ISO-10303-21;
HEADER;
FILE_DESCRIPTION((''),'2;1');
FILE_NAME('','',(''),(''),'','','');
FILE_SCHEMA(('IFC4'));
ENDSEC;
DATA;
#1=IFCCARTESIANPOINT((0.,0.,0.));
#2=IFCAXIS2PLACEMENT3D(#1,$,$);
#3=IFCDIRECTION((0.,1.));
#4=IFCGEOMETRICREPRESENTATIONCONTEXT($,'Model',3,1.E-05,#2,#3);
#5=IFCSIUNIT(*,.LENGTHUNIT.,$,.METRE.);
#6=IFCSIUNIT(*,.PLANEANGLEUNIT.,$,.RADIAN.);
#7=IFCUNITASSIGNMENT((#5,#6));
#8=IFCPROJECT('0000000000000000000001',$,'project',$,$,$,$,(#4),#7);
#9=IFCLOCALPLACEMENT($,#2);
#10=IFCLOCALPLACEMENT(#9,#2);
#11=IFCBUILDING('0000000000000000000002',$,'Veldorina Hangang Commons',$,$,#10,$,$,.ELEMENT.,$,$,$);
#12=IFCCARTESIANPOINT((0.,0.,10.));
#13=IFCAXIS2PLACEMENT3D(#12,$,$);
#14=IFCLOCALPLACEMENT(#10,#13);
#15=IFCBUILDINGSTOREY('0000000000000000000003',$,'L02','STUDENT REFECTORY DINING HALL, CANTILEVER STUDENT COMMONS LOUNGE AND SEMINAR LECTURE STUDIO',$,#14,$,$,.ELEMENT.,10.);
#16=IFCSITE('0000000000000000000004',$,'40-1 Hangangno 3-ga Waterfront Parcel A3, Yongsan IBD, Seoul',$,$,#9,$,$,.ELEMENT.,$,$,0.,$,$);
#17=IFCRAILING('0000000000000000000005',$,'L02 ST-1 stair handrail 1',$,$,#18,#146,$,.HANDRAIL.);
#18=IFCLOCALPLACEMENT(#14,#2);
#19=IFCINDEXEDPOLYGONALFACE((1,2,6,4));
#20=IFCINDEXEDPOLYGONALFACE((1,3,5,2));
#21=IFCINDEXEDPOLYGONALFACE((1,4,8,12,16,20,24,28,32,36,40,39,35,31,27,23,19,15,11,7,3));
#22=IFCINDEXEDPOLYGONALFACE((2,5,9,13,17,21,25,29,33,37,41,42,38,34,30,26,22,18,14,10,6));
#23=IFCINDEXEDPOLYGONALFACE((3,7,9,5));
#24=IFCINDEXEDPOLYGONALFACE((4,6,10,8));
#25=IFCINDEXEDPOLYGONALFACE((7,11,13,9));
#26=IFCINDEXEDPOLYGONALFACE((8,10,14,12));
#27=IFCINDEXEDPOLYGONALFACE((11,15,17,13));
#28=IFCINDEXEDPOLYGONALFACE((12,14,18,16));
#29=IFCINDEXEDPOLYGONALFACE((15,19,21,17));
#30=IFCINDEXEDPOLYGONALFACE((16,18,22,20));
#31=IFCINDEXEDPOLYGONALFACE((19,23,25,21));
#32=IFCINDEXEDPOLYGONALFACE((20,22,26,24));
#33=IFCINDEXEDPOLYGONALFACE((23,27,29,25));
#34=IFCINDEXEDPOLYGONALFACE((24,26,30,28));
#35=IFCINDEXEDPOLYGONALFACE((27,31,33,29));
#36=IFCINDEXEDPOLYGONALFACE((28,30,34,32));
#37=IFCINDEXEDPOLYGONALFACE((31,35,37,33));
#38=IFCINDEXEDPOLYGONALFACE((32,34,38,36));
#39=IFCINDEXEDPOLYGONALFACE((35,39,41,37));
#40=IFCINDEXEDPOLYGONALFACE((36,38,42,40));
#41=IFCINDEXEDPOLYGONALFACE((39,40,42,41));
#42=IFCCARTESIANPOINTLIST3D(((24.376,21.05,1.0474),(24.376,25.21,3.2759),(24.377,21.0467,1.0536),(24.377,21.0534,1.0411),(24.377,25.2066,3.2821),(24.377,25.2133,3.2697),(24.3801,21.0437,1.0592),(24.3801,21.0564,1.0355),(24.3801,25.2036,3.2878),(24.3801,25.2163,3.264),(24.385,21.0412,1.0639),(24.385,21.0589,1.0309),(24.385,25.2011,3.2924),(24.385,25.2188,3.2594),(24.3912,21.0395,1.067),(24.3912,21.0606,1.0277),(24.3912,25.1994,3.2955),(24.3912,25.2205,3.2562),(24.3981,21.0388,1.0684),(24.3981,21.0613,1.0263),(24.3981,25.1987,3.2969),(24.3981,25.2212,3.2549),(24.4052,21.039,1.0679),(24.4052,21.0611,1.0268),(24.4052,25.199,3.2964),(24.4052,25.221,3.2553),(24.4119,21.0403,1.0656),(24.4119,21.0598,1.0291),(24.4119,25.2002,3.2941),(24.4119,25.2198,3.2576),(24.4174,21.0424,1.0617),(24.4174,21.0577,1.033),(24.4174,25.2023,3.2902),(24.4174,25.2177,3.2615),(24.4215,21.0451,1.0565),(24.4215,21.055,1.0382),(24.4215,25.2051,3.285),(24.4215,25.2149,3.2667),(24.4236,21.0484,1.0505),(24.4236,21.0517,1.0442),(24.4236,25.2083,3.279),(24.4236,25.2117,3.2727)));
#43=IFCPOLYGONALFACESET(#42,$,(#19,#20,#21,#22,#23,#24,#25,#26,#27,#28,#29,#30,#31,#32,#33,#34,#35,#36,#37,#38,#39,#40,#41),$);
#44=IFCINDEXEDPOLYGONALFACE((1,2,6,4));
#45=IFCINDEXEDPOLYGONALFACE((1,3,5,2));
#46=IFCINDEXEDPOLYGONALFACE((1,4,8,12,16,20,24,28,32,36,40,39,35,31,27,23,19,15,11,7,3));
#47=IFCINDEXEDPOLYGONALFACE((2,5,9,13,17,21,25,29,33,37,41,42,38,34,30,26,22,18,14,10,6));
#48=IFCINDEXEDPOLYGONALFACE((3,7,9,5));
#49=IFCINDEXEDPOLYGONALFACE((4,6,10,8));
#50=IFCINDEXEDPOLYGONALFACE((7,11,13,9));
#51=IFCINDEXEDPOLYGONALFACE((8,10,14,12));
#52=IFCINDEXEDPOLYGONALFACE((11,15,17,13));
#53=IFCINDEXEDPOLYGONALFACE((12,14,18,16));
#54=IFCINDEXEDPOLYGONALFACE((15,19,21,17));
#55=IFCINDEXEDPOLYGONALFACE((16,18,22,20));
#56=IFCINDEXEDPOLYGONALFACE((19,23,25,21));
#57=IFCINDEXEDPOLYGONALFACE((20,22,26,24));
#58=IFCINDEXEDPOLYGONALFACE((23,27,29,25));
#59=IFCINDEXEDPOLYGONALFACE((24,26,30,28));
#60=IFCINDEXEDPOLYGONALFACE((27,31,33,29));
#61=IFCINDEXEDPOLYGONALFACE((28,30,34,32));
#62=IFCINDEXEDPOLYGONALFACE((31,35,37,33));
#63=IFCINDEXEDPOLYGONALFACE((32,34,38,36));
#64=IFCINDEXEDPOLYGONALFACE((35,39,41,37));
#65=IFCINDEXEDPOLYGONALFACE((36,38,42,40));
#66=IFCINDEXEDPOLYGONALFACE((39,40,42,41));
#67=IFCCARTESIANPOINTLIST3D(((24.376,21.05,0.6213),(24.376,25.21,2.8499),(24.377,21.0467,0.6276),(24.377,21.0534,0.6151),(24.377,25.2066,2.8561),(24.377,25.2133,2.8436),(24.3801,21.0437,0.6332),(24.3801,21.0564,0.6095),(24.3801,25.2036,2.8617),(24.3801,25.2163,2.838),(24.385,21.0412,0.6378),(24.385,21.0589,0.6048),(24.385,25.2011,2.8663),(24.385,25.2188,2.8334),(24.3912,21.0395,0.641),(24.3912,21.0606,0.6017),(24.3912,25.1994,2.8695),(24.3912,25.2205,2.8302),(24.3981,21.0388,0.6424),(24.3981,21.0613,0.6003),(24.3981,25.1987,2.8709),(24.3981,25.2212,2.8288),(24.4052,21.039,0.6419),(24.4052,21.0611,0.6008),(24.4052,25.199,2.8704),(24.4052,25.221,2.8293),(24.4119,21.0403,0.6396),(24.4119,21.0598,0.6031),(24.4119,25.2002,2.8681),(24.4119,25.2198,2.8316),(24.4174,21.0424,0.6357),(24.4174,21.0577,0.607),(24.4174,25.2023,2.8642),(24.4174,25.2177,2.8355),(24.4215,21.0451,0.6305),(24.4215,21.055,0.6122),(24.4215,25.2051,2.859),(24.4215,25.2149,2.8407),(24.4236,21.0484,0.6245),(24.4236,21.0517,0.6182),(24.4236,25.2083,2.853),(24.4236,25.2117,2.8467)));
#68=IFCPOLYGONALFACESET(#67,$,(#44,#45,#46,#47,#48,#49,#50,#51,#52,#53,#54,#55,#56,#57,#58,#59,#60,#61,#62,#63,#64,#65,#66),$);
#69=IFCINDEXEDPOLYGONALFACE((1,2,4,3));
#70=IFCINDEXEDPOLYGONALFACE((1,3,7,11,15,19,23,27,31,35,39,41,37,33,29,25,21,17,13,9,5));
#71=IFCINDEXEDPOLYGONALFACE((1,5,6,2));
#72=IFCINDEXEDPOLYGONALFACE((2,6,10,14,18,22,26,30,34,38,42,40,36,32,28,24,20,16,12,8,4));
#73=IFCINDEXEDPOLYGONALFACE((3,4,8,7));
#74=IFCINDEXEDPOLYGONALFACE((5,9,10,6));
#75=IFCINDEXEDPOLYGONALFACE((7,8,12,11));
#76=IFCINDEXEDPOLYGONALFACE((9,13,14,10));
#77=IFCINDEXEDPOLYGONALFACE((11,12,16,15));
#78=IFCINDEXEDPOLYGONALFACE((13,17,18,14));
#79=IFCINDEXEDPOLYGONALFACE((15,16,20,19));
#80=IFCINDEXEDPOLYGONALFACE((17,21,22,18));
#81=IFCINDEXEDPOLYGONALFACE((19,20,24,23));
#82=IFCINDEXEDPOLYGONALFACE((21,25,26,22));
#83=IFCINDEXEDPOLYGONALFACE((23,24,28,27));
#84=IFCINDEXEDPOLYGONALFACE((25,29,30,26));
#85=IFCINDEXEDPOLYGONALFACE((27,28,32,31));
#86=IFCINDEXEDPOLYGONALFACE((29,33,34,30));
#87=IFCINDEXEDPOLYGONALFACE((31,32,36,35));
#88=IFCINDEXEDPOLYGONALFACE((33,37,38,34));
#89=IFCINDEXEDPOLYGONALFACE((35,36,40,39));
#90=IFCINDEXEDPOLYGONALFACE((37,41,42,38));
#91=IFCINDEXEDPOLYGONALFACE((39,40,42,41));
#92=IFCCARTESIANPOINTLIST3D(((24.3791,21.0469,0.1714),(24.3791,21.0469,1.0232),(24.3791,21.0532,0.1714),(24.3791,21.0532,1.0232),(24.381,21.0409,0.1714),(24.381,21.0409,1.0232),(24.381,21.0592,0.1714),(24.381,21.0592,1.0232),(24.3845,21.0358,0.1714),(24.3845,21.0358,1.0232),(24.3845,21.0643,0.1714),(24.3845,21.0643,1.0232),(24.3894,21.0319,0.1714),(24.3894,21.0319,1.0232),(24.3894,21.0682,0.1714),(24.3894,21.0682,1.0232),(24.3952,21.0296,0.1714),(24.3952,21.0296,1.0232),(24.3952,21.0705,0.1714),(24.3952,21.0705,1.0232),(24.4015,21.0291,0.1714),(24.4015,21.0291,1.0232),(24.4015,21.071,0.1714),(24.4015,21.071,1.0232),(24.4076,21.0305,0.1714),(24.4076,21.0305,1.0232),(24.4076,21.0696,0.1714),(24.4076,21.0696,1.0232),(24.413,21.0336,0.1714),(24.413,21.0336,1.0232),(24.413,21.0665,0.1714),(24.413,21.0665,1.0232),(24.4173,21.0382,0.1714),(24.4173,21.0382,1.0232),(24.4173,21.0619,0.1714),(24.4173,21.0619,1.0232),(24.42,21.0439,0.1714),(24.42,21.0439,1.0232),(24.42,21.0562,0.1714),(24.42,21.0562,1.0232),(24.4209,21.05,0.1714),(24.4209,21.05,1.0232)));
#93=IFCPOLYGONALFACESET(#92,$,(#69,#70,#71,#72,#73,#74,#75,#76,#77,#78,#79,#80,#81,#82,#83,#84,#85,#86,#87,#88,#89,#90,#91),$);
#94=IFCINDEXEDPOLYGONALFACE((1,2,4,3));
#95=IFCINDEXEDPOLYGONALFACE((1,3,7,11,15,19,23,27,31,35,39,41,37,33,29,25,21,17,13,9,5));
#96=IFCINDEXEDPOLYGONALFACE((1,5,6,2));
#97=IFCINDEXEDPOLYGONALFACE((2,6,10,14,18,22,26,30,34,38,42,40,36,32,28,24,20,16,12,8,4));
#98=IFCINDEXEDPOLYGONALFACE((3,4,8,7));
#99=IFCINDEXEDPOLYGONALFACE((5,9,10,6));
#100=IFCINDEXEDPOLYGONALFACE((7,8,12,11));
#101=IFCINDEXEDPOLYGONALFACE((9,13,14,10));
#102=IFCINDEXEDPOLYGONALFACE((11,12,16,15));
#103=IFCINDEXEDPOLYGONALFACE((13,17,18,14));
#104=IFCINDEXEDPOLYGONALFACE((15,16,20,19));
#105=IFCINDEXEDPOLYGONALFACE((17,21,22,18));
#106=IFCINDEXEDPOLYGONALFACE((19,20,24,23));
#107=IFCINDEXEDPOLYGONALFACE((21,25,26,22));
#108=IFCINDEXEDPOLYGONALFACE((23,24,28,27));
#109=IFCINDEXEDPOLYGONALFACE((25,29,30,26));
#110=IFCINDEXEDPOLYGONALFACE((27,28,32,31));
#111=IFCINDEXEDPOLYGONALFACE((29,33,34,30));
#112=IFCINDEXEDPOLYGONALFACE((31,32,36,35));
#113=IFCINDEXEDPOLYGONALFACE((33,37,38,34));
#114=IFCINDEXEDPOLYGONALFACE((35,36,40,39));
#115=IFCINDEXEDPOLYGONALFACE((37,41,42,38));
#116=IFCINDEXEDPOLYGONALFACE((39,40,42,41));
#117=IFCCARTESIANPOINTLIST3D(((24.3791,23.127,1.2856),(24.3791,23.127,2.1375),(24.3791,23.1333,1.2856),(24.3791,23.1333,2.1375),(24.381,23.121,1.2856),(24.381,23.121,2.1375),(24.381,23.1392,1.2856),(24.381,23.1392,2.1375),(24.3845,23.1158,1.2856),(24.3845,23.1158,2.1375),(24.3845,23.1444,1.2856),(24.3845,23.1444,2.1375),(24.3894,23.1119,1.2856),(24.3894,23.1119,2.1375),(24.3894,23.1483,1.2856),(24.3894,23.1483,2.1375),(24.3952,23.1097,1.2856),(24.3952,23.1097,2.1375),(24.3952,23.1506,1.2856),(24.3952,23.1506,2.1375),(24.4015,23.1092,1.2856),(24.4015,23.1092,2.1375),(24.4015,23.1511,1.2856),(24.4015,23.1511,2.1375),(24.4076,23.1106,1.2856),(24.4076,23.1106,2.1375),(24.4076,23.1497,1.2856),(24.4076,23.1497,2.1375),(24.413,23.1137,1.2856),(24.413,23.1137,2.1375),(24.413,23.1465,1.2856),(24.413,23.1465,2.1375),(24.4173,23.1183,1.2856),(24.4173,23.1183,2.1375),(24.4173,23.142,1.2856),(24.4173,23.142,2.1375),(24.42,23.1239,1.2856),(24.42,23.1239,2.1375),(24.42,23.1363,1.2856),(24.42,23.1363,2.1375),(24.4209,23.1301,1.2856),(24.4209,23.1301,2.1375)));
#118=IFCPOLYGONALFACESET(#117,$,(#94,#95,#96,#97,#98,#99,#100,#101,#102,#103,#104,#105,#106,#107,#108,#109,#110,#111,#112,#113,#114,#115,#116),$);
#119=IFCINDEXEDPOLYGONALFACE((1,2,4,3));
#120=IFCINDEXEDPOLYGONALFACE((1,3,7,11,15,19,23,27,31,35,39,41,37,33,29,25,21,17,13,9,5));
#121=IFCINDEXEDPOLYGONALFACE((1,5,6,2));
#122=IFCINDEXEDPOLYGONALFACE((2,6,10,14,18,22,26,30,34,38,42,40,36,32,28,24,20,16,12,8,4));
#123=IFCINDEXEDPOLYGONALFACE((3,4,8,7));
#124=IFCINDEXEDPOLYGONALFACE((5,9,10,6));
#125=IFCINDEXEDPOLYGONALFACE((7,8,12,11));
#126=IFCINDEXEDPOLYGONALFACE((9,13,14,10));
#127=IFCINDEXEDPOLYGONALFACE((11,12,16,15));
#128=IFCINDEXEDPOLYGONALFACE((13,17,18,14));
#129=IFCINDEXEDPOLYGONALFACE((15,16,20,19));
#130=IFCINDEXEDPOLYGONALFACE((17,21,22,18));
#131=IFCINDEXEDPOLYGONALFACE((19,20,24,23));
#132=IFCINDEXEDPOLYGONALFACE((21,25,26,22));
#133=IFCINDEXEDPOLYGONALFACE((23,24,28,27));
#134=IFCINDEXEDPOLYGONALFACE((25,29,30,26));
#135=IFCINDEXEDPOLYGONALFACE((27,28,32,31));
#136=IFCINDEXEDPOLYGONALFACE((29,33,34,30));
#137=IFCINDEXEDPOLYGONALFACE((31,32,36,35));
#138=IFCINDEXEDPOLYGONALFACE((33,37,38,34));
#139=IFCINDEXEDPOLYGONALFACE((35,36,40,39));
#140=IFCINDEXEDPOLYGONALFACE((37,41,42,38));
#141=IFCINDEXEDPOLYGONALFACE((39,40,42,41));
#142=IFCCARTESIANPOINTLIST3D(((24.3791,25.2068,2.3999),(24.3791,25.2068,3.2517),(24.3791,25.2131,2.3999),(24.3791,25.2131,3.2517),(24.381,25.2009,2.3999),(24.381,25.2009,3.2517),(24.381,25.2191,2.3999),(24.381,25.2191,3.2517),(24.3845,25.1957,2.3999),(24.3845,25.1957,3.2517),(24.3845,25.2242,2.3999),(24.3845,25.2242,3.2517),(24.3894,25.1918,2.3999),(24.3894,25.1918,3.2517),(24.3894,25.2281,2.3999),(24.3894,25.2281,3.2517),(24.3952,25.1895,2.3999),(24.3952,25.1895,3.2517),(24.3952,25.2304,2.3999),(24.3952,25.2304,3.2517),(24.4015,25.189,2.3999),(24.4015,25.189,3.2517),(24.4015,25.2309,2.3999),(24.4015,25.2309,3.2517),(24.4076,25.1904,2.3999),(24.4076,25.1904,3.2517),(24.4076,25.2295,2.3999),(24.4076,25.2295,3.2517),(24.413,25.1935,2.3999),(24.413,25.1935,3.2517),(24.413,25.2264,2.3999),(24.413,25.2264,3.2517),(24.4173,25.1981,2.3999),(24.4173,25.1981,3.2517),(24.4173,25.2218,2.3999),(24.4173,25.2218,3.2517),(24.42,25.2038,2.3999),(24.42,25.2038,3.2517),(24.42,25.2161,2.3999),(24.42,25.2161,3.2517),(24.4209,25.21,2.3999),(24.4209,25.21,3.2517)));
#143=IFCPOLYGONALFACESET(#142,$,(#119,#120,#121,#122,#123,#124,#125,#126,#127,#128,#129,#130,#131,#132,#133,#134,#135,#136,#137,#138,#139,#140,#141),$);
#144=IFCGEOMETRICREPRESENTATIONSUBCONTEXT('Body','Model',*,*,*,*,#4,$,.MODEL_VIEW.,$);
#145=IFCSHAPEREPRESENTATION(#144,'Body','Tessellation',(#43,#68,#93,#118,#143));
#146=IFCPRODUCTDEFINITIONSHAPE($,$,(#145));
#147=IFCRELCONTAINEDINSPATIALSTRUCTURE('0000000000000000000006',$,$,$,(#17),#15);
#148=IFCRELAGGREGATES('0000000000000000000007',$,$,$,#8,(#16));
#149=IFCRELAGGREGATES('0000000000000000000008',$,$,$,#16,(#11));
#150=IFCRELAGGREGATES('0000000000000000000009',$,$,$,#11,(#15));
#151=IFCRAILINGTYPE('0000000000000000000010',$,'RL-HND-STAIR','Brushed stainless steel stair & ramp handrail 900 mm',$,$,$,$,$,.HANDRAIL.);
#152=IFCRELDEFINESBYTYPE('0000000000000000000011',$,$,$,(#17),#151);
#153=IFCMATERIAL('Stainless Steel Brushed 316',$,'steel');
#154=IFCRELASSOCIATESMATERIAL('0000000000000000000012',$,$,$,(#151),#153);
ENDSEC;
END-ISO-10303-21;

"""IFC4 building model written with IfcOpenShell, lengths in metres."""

from ifc_helpers import new_model, si_unit, direction, frame, origin, origin_2d, place, context, subcontext, project, spatial, circle, extrude, material, type_object, element, save


model = new_model("IFC4")

# Units and contexts
model_context = context("Model", 3, precision=1e-05, world=origin(), true_north=direction((0.0, 1.0)))
body_context = subcontext(model_context, "Body", "Model", "MODEL_VIEW")
ifc_project = project(units=[si_unit("LENGTHUNIT", "METRE"), si_unit("PLANEANGLEUNIT", "RADIAN")], contexts=[model_context])

# Site, building, storey
site_placement = place(None, origin())
site = spatial("IfcSite", under=ifc_project, at=site_placement, Name="40-1 Hangangno 3-ga Waterfront Parcel A3, Yongsan IBD, Seoul", CompositionType="ELEMENT", RefElevation=0.0)
building_placement = place(site_placement, origin())
building = spatial("IfcBuilding", under=site, at=building_placement, Name="Veldorina Hangang Commons", CompositionType="ELEMENT")
storey_placement = place(building_placement, frame((0.0, 0.0, 10.0)))
storey = spatial("IfcBuildingStorey", under=building, at=storey_placement, Name="L02", Description="STUDENT REFECTORY DINING HALL, CANTILEVER STUDENT COMMONS LOUNGE AND SEMINAR LECTURE STUDIO", CompositionType="ELEMENT", Elevation=10.0)

# Railing
ifc_material_1 = material(Name="Stainless Steel Brushed 316", Category="steel")
railing_type_1 = type_object("IfcRailingType", Name="RL-HND-STAIR", Description="Brushed stainless steel stair & ramp handrail 900 mm", PredefinedType="HANDRAIL", material=ifc_material_1)
railing_1_placement = place(storey_placement, frame((24.3999, 21.05, 0.1714)))
element("IfcRailing", 1, at=railing_1_placement, inside=storey, type_object=railing_type_1, Name="L02 ST-1 stair handrail 1", PredefinedType="HANDRAIL", context=body_context, shape_type="SweptSolid", body=[
    extrude(circle(Radius=0.0239, at=origin_2d()), frame((0.0, 0.0, 0.876), z_axis=(0.0, 0.881481, 0.47222), x_axis=(-1.0, 0.0, 0.0)), (0.0, 0.0, 1.0), 4.7192),
    extrude(circle(Radius=0.0239, at=origin_2d()), frame((0.0, 0.0, 0.45), z_axis=(0.0, 0.881481, 0.47222), x_axis=(-1.0, 0.0, 0.0)), (0.0, 0.0, 1.0), 4.7192),
    extrude(circle(Radius=0.021, at=origin_2d()), origin(), (0.0, 0.0, 1.0), 0.8518),
    extrude(circle(Radius=0.021, at=origin_2d()), frame((0.0, 2.0801, 1.1143)), (0.0, 0.0, 1.0), 0.8518),
    extrude(circle(Radius=0.021, at=origin_2d()), frame((0.0, 4.1599, 2.2285)), (0.0, 0.0, 1.0), 0.8518),
])

save(model, "model.ifc")
